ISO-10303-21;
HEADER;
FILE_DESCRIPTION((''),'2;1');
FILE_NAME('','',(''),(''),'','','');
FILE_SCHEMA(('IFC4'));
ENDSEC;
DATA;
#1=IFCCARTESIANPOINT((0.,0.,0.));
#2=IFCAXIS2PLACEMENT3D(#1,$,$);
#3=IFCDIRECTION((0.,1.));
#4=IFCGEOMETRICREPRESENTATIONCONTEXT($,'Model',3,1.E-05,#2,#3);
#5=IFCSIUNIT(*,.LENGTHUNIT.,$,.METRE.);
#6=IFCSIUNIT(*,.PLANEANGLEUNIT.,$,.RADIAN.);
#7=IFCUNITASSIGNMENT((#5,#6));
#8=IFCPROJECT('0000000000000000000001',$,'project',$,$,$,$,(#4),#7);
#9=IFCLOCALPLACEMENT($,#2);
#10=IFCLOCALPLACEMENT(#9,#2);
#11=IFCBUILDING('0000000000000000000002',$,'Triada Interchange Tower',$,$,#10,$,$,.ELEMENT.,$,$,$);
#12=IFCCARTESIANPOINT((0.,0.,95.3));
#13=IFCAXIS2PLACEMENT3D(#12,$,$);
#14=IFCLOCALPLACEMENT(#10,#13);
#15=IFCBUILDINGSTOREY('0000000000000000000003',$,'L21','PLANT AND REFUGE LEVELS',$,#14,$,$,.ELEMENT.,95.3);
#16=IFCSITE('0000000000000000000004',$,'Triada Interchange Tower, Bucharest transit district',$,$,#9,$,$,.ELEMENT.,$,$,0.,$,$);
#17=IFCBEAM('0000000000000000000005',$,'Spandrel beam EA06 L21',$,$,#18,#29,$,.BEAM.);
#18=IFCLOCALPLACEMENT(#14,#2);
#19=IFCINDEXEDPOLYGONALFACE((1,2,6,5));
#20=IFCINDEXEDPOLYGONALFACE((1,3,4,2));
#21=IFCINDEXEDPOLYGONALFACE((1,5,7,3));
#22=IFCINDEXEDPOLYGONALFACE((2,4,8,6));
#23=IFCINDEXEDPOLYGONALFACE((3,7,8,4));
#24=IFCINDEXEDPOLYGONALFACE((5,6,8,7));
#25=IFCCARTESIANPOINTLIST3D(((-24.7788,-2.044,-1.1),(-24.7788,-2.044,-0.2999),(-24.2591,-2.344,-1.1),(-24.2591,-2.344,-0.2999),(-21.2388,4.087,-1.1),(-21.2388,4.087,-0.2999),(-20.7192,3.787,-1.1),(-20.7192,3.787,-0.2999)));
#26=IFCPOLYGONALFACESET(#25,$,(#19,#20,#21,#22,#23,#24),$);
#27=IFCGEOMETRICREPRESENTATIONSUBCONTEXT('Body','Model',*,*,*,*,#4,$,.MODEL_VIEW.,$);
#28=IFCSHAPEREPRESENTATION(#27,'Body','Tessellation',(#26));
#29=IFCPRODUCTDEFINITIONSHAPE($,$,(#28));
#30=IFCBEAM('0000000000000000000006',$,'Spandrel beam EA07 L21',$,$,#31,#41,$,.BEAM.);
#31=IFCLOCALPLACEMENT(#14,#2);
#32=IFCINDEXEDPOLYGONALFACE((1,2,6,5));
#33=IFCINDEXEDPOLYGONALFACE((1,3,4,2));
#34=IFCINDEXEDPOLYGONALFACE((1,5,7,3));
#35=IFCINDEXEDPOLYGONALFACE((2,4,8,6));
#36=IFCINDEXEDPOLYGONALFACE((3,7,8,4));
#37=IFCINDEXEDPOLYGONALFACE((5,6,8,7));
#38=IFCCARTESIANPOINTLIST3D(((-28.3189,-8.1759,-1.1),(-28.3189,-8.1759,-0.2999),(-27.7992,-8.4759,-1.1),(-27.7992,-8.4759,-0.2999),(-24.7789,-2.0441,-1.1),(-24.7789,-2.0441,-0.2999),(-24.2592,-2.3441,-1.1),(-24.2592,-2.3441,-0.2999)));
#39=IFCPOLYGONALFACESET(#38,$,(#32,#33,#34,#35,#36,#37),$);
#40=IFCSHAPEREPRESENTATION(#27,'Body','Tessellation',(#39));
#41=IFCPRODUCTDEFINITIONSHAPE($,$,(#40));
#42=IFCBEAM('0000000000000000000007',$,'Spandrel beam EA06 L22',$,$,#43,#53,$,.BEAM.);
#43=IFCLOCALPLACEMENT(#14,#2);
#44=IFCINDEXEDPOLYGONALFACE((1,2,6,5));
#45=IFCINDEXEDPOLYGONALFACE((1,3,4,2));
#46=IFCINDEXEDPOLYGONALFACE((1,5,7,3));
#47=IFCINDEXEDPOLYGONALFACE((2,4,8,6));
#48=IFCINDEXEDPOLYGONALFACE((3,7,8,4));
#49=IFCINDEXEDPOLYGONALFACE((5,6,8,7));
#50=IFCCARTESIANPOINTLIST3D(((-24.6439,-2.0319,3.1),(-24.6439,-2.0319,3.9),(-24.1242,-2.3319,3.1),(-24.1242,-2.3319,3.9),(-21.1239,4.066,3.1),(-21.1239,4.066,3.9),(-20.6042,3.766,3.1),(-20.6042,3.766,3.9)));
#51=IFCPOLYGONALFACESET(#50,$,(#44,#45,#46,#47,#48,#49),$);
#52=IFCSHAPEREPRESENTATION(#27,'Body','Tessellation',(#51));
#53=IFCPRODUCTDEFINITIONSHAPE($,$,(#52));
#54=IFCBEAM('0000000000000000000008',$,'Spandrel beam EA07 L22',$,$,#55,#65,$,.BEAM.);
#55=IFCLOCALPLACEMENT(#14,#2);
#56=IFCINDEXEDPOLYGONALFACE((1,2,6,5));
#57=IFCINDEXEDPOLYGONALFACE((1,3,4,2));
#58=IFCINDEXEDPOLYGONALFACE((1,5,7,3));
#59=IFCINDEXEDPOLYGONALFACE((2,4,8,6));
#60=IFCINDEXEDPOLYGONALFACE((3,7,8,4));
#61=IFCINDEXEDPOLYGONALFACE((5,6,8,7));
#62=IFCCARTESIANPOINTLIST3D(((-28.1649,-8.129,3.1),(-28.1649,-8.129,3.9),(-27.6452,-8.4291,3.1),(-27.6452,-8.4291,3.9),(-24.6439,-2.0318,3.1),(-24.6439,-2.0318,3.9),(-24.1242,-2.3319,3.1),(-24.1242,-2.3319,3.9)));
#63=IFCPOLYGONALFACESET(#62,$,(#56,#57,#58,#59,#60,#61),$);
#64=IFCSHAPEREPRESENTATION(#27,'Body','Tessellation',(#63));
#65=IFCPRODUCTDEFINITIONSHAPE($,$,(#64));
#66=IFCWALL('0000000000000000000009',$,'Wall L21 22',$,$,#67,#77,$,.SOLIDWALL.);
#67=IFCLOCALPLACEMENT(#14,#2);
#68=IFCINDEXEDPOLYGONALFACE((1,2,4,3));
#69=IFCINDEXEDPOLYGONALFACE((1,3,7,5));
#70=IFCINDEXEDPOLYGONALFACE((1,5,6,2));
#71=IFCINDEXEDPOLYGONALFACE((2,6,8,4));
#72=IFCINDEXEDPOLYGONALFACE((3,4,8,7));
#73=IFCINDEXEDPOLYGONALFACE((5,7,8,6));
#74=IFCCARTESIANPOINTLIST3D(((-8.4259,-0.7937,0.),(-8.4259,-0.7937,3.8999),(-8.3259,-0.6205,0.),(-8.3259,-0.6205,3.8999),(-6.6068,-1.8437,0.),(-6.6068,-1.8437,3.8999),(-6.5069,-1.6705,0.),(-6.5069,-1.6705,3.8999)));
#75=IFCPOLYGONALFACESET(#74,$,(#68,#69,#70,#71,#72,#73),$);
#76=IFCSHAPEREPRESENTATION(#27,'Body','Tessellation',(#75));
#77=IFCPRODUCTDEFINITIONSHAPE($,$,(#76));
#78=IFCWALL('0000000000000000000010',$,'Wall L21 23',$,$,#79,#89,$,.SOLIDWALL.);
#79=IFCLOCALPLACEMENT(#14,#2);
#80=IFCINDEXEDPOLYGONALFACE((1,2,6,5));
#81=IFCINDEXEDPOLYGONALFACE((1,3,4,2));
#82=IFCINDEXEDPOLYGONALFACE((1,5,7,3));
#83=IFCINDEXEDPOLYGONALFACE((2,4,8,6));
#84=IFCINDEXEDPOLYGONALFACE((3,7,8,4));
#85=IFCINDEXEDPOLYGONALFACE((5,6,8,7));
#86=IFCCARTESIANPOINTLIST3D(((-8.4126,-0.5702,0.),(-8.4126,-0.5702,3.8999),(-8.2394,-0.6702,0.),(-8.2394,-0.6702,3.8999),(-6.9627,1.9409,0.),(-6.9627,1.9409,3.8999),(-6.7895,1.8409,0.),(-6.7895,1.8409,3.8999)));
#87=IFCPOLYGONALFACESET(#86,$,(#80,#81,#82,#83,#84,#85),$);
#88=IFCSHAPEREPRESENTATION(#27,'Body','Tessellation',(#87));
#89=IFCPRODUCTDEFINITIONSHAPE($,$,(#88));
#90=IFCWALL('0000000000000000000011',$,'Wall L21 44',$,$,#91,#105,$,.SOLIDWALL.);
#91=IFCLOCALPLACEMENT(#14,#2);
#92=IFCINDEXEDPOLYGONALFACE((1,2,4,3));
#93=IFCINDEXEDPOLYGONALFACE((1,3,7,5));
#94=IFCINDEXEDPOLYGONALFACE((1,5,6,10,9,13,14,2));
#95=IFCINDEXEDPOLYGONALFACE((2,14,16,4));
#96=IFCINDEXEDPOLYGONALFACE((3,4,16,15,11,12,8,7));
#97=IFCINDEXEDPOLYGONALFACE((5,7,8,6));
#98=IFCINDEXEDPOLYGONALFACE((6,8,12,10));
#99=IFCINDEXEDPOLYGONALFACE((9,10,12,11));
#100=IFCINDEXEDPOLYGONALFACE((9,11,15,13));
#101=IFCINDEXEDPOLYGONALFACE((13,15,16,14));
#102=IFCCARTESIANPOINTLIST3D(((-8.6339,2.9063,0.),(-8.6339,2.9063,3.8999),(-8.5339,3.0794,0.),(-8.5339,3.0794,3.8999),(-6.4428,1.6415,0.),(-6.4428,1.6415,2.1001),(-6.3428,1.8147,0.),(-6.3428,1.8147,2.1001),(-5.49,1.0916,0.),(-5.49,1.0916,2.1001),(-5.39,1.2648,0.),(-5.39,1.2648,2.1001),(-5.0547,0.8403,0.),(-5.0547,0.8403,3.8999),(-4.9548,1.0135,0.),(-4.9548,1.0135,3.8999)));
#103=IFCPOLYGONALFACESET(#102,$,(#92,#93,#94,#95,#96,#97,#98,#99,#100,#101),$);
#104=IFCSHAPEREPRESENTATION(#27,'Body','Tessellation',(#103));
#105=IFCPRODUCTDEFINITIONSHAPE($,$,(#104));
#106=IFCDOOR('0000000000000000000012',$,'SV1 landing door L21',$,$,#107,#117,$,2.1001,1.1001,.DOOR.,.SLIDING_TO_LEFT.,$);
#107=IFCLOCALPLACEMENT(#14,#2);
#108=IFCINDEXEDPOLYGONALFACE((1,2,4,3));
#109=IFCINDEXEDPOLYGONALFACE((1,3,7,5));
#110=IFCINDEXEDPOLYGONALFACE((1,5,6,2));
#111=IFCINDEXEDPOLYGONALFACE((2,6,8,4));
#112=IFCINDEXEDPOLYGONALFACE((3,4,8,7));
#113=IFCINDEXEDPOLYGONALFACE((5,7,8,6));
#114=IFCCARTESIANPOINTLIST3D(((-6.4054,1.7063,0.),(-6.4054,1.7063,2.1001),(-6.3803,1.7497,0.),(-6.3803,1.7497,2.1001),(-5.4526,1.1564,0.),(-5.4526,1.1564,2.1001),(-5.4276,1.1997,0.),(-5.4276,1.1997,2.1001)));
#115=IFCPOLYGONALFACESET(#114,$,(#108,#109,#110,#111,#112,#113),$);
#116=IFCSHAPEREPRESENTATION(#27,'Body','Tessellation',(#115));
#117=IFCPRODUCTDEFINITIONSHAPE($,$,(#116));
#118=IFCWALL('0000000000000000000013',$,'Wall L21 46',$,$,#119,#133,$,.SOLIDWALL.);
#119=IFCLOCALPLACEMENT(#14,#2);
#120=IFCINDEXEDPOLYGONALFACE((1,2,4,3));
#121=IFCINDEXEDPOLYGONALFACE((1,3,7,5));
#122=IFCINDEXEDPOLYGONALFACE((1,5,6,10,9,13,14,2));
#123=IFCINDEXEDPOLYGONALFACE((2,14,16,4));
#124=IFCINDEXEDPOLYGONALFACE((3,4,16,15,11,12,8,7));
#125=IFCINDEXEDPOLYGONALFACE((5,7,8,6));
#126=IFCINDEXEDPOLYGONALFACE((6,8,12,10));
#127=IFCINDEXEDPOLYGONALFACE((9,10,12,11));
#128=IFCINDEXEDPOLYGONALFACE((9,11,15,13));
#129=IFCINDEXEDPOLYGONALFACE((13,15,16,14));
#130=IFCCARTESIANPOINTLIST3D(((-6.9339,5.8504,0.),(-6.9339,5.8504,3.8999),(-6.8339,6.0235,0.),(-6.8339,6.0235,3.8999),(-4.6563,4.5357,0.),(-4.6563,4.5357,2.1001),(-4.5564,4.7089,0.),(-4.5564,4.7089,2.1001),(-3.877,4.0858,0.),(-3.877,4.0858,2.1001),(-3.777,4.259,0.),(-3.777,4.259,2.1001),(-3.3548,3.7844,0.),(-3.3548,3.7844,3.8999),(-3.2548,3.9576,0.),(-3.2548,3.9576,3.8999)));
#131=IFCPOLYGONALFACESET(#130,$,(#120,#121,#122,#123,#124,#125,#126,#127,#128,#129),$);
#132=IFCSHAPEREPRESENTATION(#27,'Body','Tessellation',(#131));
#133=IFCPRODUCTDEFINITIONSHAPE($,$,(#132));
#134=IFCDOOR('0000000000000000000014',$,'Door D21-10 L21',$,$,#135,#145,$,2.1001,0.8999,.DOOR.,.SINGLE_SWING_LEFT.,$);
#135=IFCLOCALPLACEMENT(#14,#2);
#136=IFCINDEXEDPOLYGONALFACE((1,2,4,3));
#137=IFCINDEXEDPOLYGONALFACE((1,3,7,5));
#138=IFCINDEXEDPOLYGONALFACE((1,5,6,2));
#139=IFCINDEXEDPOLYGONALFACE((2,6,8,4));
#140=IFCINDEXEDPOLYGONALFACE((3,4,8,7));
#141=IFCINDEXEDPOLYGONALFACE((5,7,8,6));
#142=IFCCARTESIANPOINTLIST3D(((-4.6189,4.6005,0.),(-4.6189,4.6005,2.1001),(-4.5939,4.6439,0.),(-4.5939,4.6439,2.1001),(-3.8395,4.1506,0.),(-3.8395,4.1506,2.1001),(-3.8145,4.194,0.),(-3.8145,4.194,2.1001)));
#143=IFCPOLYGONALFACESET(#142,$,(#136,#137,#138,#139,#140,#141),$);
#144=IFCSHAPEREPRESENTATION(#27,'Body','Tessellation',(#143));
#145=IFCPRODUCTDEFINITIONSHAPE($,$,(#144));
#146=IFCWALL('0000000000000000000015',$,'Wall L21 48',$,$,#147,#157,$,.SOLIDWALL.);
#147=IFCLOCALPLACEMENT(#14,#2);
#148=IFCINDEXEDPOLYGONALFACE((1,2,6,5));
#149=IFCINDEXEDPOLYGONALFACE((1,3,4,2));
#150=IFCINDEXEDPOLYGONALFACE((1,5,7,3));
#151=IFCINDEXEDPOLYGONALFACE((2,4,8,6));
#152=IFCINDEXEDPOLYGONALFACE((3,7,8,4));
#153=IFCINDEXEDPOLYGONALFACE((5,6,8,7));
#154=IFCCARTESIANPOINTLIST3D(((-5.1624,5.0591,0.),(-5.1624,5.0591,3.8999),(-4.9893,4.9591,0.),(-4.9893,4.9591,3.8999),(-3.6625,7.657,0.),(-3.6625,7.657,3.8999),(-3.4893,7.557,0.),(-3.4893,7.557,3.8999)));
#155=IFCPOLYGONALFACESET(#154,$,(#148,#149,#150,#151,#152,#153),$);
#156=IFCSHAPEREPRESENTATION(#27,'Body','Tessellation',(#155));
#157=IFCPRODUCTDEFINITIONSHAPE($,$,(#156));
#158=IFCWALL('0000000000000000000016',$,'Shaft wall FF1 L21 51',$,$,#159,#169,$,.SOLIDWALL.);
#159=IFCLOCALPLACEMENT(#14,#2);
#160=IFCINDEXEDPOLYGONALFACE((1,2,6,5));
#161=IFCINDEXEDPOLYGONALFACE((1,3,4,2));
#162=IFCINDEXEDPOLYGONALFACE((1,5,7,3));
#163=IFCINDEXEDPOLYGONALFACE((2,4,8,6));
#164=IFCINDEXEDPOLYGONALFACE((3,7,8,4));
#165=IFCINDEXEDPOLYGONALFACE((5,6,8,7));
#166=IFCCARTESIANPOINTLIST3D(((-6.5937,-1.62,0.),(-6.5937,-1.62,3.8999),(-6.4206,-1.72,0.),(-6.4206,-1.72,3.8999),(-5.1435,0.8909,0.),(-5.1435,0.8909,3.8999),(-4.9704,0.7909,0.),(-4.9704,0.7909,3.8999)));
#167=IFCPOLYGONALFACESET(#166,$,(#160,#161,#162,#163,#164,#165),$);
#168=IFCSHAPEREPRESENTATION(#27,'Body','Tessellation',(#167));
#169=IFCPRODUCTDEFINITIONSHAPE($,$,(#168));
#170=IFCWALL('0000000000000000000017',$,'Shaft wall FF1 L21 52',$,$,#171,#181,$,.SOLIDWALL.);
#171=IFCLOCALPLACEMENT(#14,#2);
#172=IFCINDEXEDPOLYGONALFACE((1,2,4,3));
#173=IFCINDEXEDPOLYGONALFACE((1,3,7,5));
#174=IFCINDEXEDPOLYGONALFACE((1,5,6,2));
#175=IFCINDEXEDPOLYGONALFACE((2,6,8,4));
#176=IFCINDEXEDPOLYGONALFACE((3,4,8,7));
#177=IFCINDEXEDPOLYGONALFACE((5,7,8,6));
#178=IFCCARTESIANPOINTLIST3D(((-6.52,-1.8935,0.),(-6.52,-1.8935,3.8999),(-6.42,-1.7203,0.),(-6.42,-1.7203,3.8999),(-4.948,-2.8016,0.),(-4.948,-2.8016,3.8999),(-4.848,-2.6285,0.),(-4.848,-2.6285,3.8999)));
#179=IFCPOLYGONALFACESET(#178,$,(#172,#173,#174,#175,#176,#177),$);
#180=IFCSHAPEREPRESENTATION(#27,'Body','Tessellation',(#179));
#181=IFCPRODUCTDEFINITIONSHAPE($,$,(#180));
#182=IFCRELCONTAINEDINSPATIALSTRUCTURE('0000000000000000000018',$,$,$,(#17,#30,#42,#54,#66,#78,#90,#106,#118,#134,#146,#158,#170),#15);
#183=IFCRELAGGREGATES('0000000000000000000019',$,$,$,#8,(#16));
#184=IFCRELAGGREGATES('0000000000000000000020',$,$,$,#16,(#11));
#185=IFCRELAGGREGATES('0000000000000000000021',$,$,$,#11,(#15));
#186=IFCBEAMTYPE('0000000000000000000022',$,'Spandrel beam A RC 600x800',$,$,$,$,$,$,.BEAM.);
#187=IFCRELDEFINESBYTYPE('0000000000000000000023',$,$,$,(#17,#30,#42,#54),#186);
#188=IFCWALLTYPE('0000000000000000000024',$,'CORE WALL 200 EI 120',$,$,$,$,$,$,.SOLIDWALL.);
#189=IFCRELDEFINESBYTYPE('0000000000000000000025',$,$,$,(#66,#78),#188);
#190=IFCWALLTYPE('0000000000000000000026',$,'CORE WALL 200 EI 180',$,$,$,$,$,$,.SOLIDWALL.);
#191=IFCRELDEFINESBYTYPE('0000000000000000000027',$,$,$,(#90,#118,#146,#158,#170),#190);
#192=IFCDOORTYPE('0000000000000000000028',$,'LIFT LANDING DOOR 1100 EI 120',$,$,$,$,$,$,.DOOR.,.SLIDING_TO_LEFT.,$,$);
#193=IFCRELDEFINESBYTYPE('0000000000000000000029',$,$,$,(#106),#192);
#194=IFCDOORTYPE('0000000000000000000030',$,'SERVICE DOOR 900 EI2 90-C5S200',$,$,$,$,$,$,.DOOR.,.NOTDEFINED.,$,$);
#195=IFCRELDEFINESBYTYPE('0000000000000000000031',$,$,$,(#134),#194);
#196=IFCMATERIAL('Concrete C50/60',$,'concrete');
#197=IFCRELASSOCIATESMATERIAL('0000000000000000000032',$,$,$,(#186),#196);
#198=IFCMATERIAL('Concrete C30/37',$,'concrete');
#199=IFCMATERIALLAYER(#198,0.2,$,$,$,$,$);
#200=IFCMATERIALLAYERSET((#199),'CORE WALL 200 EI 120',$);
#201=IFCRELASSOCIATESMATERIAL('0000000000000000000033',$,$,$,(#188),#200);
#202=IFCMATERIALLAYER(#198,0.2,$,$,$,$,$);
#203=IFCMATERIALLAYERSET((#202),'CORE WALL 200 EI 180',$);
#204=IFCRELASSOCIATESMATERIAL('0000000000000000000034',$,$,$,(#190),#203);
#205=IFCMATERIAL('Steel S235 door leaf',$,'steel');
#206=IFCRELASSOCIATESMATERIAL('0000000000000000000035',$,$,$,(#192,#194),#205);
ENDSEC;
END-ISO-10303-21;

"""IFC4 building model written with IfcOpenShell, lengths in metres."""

from ifc_helpers import new_model, si_unit, direction, frame, frame_2d, origin, origin_2d, place, context, subcontext, project, spatial, rectangle, extrude, material, layer, layer_set, material_profile, profile_set, type_object, element, fill, save


model = new_model("IFC4")

# Units and contexts
model_context = context("Model", 3, precision=1e-05, world=origin(), true_north=direction((0.0, 1.0)))
body_context = subcontext(model_context, "Body", "Model", "MODEL_VIEW")
ifc_project = project(units=[si_unit("LENGTHUNIT", "METRE"), si_unit("PLANEANGLEUNIT", "RADIAN")], contexts=[model_context])

# Site, building, storey
site_placement = place(None, origin())
site = spatial("IfcSite", under=ifc_project, at=site_placement, Name="Triada Interchange Tower, Bucharest transit district", CompositionType="ELEMENT", RefElevation=0.0)
building_placement = place(site_placement, origin())
building = spatial("IfcBuilding", under=site, at=building_placement, Name="Triada Interchange Tower", CompositionType="ELEMENT")
storey_placement = place(building_placement, frame((0.0, 0.0, 95.3)))
storey = spatial("IfcBuildingStorey", under=building, at=storey_placement, Name="L21", Description="PLANT AND REFUGE LEVELS", CompositionType="ELEMENT", Elevation=95.3)

# Beams
ifc_material_1 = material(Name="Concrete C50/60", Category="concrete")
ifc_material_profile_1 = material_profile(ifc_material_1, rectangle(XDim=0.6001, YDim=0.8, at=origin_2d()), Name="RC 600x800")
ifc_profile_set_1 = profile_set([ifc_material_profile_1], Name="Concrete C50/60")
beam_type_1 = type_object("IfcBeamType", Name="Spandrel beam A RC 600x800", PredefinedType="BEAM", material=ifc_profile_set_1)
beam_1_placement = place(storey_placement, frame((-20.979, 3.937, -0.7), z_axis=(-0.500026, -0.86601, 0.0), x_axis=(0.86601, -0.500026, 0.0)))
element("IfcBeam", 1, at=beam_1_placement, inside=storey, type_object=beam_type_1, Name="Spandrel beam EA06 L21", PredefinedType="BEAM", context=body_context, shape_type="SweptSolid", body=[
    extrude(rectangle(XDim=0.6001, YDim=0.8, at=origin_2d()), origin(), (0.0, 0.0, 1.0), 7.0796),
])
beam_2_placement = place(storey_placement, frame((-24.519, -2.1941, -0.7), z_axis=(-0.499981, -0.866036, 0.0), x_axis=(0.866036, -0.499981, 0.0)))
element("IfcBeam", 2, at=beam_2_placement, inside=storey, type_object=beam_type_1, Name="Spandrel beam EA07 L21", PredefinedType="BEAM", context=body_context, shape_type="SweptSolid", body=[
    extrude(rectangle(XDim=0.6001, YDim=0.8, at=origin_2d()), origin(), (0.0, 0.0, 1.0), 7.0803),
])
beam_3_placement = place(storey_placement, frame((-20.864, 3.916, 3.5), z_axis=(-0.499936, -0.866063, 0.0), x_axis=(0.866063, -0.499936, 0.0)))
element("IfcBeam", 3, at=beam_3_placement, inside=storey, type_object=beam_type_1, Name="Spandrel beam EA06 L22", PredefinedType="BEAM", context=body_context, shape_type="SweptSolid", body=[
    extrude(rectangle(XDim=0.6001, YDim=0.8, at=origin_2d()), origin(), (0.0, 0.0, 1.0), 7.041),
])
beam_4_placement = place(storey_placement, frame((-24.384, -2.1819, 3.5), z_axis=(-0.500085, -0.865977, 0.0), x_axis=(0.865977, -0.500085, 0.0)))
element("IfcBeam", 4, at=beam_4_placement, inside=storey, type_object=beam_type_1, Name="Spandrel beam EA07 L22", PredefinedType="BEAM", context=body_context, shape_type="SweptSolid", body=[
    extrude(rectangle(XDim=0.6001, YDim=0.8, at=origin_2d()), origin(), (0.0, 0.0, 1.0), 7.0408),
])

# Walls
ifc_material_2 = material(Name="Concrete C30/37", Category="concrete")
ifc_layer_1 = layer(ifc_material_2, 0.2)
ifc_layer_set_1 = layer_set([ifc_layer_1], Name="CORE WALL 200 EI 120")
wall_type_1 = type_object("IfcWallType", Name="CORE WALL 200 EI 120", PredefinedType="SOLIDWALL", material=ifc_layer_set_1)
wall_1_placement = place(storey_placement, frame((-8.376, -0.707, 0.0), z_axis=(0.0, 0.0, 1.0), x_axis=(0.866068, -0.499927, 0.0)))
element("IfcWall", 5, at=wall_1_placement, inside=storey, type_object=wall_type_1, Name="Wall L21 22", PredefinedType="SOLIDWALL", context=body_context, shape_type="SweptSolid", body=[
    extrude(rectangle(XDim=2.1003, YDim=0.2, at=frame_2d((1.0503, 0.0))), origin(), (0.0, 0.0, 1.0), 3.8999),
])
wall_2_placement = place(storey_placement, frame((-8.3259, -0.6201, 0.0), z_axis=(0.0, 0.0, 1.0), x_axis=(0.500024, 0.866012, 0.0)))
element("IfcWall", 6, at=wall_2_placement, inside=storey, type_object=wall_type_1, Name="Wall L21 23", PredefinedType="SOLIDWALL", context=body_context, shape_type="SweptSolid", body=[
    extrude(rectangle(XDim=2.8997, YDim=0.2, at=frame_2d((1.4497, 0.0))), origin(), (0.0, 0.0, 1.0), 3.8999),
])

# Walls, openings, doors
ifc_layer_2 = layer(ifc_material_2, 0.2)
ifc_layer_set_2 = layer_set([ifc_layer_2], Name="CORE WALL 200 EI 180")
wall_type_2 = type_object("IfcWallType", Name="CORE WALL 200 EI 180", PredefinedType="SOLIDWALL", material=ifc_layer_set_2)
wall_3_placement = place(storey_placement, frame((-8.584, 2.9929, 0.0), z_axis=(0.0, 0.0, 1.0), x_axis=(0.866075, -0.499913, 0.0)))
wall_3 = element("IfcWall", 7, at=wall_3_placement, inside=storey, type_object=wall_type_2, Name="Wall L21 44", PredefinedType="SOLIDWALL", context=body_context, shape_type="SweptSolid", body=[
    extrude(rectangle(XDim=4.1326, YDim=0.2, at=frame_2d((2.0664, 0.0))), origin(), (0.0, 0.0, 1.0), 3.8999),
])
opening_1_placement = place(wall_3_placement, frame((2.53, 0.0, 0.0)))
opening_1 = element("IfcOpeningElement", 8, at=opening_1_placement, cuts=wall_3, PredefinedType="OPENING", context=body_context, shape_type="SweptSolid", body=[
    extrude(rectangle(XDim=1.1001, YDim=2.1001, at=frame_2d((0.55, 1.05))), frame((0.0, 0.1099, 0.0), z_axis=(0.0, -1.0, 0.0), x_axis=(1.0, 0.0, 0.0)), (0.0, 0.0, 1.0), 0.22),
])
ifc_material_3 = material(Name="Steel S235 door leaf", Category="steel")
door_type_1 = type_object("IfcDoorType", Name="LIFT LANDING DOOR 1100 EI 120", OperationType="SLIDING_TO_LEFT", PredefinedType="DOOR", material=ifc_material_3)
door_1_placement = place(opening_1_placement, origin())
door_1 = element("IfcDoor", 9, at=door_1_placement, inside=storey, type_object=door_type_1, Name="SV1 landing door L21", OperationType="SLIDING_TO_LEFT", OverallHeight=2.1001, OverallWidth=1.1001, PredefinedType="DOOR", context=body_context, shape_type="SweptSolid", body=[
    extrude(rectangle(XDim=1.1001, YDim=2.1001, at=frame_2d((0.55, 1.05))), frame((0.0, 0.0249, 0.0), z_axis=(0.0, -1.0, 0.0), x_axis=(1.0, 0.0, 0.0)), (0.0, 0.0, 1.0), 0.05),
])
fill(opening_1, door_1)
wall_4_placement = place(storey_placement, frame((-6.884, 5.937, 0.0), z_axis=(0.0, 0.0, 1.0), x_axis=(0.866075, -0.499913, 0.0)))
wall_4 = element("IfcWall", 10, at=wall_4_placement, inside=storey, type_object=wall_type_2, Name="Wall L21 46", PredefinedType="SOLIDWALL", context=body_context, shape_type="SweptSolid", body=[
    extrude(rectangle(XDim=4.1326, YDim=0.2, at=frame_2d((2.0664, 0.0))), origin(), (0.0, 0.0, 1.0), 3.8999),
])
opening_2_placement = place(wall_4_placement, frame((2.6299, 0.0, 0.0)))
opening_2 = element("IfcOpeningElement", 11, at=opening_2_placement, cuts=wall_4, PredefinedType="OPENING", context=body_context, shape_type="SweptSolid", body=[
    extrude(rectangle(XDim=0.8999, YDim=2.1001, at=frame_2d((0.45, 1.05))), frame((0.0, 0.1099, 0.0), z_axis=(0.0, -1.0, 0.0), x_axis=(1.0, 0.0, 0.0)), (0.0, 0.0, 1.0), 0.22),
])
door_type_2 = type_object("IfcDoorType", Name="SERVICE DOOR 900 EI2 90-C5S200", OperationType="NOTDEFINED", PredefinedType="DOOR", material=ifc_material_3)
door_2_placement = place(opening_2_placement, origin())
door_2 = element("IfcDoor", 12, at=door_2_placement, inside=storey, type_object=door_type_2, Name="Door D21-10 L21", OperationType="SINGLE_SWING_LEFT", OverallHeight=2.1001, OverallWidth=0.8999, PredefinedType="DOOR", context=body_context, shape_type="SweptSolid", body=[
    extrude(rectangle(XDim=0.8999, YDim=2.1001, at=frame_2d((0.45, 1.05))), frame((0.0, 0.0249, 0.0), z_axis=(0.0, -1.0, 0.0), x_axis=(1.0, 0.0, 0.0)), (0.0, 0.0, 1.0), 0.05),
])
fill(opening_2, door_2)

# Walls
wall_5_placement = place(storey_placement, frame((-5.0759, 5.009, 0.0), z_axis=(0.0, 0.0, 1.0), x_axis=(0.500025, 0.866011, 0.0)))
element("IfcWall", 13, at=wall_5_placement, inside=storey, type_object=wall_type_2, Name="Wall L21 48", PredefinedType="SOLIDWALL", context=body_context, shape_type="SweptSolid", body=[
    extrude(rectangle(XDim=2.9998, YDim=0.2, at=frame_2d((1.5, 0.0))), origin(), (0.0, 0.0, 1.0), 3.8999),
])
wall_6_placement = place(storey_placement, frame((-6.5071, -1.6699, 0.0), z_axis=(0.0, 0.0, 1.0), x_axis=(0.500123, 0.865954, 0.0)))
element("IfcWall", 14, at=wall_6_placement, inside=storey, type_object=wall_type_2, Name="Shaft wall FF1 L21 51", PredefinedType="SOLIDWALL", context=body_context, shape_type="SweptSolid", body=[
    extrude(rectangle(XDim=2.8997, YDim=0.2, at=frame_2d((1.4497, 0.0))), origin(), (0.0, 0.0, 1.0), 3.8999),
])
wall_7_placement = place(storey_placement, frame((-6.47, -1.8069, 0.0), z_axis=(0.0, 0.0, 1.0), x_axis=(0.865883, -0.500246, 0.0)))
element("IfcWall", 15, at=wall_7_placement, inside=storey, type_object=wall_type_2, Name="Shaft wall FF1 L21 52", PredefinedType="SOLIDWALL", context=body_context, shape_type="SweptSolid", body=[
    extrude(rectangle(XDim=1.8154, YDim=0.2, at=frame_2d((0.9077, 0.0))), origin(), (0.0, 0.0, 1.0), 3.8999),
])

save(model, "model.ifc")
